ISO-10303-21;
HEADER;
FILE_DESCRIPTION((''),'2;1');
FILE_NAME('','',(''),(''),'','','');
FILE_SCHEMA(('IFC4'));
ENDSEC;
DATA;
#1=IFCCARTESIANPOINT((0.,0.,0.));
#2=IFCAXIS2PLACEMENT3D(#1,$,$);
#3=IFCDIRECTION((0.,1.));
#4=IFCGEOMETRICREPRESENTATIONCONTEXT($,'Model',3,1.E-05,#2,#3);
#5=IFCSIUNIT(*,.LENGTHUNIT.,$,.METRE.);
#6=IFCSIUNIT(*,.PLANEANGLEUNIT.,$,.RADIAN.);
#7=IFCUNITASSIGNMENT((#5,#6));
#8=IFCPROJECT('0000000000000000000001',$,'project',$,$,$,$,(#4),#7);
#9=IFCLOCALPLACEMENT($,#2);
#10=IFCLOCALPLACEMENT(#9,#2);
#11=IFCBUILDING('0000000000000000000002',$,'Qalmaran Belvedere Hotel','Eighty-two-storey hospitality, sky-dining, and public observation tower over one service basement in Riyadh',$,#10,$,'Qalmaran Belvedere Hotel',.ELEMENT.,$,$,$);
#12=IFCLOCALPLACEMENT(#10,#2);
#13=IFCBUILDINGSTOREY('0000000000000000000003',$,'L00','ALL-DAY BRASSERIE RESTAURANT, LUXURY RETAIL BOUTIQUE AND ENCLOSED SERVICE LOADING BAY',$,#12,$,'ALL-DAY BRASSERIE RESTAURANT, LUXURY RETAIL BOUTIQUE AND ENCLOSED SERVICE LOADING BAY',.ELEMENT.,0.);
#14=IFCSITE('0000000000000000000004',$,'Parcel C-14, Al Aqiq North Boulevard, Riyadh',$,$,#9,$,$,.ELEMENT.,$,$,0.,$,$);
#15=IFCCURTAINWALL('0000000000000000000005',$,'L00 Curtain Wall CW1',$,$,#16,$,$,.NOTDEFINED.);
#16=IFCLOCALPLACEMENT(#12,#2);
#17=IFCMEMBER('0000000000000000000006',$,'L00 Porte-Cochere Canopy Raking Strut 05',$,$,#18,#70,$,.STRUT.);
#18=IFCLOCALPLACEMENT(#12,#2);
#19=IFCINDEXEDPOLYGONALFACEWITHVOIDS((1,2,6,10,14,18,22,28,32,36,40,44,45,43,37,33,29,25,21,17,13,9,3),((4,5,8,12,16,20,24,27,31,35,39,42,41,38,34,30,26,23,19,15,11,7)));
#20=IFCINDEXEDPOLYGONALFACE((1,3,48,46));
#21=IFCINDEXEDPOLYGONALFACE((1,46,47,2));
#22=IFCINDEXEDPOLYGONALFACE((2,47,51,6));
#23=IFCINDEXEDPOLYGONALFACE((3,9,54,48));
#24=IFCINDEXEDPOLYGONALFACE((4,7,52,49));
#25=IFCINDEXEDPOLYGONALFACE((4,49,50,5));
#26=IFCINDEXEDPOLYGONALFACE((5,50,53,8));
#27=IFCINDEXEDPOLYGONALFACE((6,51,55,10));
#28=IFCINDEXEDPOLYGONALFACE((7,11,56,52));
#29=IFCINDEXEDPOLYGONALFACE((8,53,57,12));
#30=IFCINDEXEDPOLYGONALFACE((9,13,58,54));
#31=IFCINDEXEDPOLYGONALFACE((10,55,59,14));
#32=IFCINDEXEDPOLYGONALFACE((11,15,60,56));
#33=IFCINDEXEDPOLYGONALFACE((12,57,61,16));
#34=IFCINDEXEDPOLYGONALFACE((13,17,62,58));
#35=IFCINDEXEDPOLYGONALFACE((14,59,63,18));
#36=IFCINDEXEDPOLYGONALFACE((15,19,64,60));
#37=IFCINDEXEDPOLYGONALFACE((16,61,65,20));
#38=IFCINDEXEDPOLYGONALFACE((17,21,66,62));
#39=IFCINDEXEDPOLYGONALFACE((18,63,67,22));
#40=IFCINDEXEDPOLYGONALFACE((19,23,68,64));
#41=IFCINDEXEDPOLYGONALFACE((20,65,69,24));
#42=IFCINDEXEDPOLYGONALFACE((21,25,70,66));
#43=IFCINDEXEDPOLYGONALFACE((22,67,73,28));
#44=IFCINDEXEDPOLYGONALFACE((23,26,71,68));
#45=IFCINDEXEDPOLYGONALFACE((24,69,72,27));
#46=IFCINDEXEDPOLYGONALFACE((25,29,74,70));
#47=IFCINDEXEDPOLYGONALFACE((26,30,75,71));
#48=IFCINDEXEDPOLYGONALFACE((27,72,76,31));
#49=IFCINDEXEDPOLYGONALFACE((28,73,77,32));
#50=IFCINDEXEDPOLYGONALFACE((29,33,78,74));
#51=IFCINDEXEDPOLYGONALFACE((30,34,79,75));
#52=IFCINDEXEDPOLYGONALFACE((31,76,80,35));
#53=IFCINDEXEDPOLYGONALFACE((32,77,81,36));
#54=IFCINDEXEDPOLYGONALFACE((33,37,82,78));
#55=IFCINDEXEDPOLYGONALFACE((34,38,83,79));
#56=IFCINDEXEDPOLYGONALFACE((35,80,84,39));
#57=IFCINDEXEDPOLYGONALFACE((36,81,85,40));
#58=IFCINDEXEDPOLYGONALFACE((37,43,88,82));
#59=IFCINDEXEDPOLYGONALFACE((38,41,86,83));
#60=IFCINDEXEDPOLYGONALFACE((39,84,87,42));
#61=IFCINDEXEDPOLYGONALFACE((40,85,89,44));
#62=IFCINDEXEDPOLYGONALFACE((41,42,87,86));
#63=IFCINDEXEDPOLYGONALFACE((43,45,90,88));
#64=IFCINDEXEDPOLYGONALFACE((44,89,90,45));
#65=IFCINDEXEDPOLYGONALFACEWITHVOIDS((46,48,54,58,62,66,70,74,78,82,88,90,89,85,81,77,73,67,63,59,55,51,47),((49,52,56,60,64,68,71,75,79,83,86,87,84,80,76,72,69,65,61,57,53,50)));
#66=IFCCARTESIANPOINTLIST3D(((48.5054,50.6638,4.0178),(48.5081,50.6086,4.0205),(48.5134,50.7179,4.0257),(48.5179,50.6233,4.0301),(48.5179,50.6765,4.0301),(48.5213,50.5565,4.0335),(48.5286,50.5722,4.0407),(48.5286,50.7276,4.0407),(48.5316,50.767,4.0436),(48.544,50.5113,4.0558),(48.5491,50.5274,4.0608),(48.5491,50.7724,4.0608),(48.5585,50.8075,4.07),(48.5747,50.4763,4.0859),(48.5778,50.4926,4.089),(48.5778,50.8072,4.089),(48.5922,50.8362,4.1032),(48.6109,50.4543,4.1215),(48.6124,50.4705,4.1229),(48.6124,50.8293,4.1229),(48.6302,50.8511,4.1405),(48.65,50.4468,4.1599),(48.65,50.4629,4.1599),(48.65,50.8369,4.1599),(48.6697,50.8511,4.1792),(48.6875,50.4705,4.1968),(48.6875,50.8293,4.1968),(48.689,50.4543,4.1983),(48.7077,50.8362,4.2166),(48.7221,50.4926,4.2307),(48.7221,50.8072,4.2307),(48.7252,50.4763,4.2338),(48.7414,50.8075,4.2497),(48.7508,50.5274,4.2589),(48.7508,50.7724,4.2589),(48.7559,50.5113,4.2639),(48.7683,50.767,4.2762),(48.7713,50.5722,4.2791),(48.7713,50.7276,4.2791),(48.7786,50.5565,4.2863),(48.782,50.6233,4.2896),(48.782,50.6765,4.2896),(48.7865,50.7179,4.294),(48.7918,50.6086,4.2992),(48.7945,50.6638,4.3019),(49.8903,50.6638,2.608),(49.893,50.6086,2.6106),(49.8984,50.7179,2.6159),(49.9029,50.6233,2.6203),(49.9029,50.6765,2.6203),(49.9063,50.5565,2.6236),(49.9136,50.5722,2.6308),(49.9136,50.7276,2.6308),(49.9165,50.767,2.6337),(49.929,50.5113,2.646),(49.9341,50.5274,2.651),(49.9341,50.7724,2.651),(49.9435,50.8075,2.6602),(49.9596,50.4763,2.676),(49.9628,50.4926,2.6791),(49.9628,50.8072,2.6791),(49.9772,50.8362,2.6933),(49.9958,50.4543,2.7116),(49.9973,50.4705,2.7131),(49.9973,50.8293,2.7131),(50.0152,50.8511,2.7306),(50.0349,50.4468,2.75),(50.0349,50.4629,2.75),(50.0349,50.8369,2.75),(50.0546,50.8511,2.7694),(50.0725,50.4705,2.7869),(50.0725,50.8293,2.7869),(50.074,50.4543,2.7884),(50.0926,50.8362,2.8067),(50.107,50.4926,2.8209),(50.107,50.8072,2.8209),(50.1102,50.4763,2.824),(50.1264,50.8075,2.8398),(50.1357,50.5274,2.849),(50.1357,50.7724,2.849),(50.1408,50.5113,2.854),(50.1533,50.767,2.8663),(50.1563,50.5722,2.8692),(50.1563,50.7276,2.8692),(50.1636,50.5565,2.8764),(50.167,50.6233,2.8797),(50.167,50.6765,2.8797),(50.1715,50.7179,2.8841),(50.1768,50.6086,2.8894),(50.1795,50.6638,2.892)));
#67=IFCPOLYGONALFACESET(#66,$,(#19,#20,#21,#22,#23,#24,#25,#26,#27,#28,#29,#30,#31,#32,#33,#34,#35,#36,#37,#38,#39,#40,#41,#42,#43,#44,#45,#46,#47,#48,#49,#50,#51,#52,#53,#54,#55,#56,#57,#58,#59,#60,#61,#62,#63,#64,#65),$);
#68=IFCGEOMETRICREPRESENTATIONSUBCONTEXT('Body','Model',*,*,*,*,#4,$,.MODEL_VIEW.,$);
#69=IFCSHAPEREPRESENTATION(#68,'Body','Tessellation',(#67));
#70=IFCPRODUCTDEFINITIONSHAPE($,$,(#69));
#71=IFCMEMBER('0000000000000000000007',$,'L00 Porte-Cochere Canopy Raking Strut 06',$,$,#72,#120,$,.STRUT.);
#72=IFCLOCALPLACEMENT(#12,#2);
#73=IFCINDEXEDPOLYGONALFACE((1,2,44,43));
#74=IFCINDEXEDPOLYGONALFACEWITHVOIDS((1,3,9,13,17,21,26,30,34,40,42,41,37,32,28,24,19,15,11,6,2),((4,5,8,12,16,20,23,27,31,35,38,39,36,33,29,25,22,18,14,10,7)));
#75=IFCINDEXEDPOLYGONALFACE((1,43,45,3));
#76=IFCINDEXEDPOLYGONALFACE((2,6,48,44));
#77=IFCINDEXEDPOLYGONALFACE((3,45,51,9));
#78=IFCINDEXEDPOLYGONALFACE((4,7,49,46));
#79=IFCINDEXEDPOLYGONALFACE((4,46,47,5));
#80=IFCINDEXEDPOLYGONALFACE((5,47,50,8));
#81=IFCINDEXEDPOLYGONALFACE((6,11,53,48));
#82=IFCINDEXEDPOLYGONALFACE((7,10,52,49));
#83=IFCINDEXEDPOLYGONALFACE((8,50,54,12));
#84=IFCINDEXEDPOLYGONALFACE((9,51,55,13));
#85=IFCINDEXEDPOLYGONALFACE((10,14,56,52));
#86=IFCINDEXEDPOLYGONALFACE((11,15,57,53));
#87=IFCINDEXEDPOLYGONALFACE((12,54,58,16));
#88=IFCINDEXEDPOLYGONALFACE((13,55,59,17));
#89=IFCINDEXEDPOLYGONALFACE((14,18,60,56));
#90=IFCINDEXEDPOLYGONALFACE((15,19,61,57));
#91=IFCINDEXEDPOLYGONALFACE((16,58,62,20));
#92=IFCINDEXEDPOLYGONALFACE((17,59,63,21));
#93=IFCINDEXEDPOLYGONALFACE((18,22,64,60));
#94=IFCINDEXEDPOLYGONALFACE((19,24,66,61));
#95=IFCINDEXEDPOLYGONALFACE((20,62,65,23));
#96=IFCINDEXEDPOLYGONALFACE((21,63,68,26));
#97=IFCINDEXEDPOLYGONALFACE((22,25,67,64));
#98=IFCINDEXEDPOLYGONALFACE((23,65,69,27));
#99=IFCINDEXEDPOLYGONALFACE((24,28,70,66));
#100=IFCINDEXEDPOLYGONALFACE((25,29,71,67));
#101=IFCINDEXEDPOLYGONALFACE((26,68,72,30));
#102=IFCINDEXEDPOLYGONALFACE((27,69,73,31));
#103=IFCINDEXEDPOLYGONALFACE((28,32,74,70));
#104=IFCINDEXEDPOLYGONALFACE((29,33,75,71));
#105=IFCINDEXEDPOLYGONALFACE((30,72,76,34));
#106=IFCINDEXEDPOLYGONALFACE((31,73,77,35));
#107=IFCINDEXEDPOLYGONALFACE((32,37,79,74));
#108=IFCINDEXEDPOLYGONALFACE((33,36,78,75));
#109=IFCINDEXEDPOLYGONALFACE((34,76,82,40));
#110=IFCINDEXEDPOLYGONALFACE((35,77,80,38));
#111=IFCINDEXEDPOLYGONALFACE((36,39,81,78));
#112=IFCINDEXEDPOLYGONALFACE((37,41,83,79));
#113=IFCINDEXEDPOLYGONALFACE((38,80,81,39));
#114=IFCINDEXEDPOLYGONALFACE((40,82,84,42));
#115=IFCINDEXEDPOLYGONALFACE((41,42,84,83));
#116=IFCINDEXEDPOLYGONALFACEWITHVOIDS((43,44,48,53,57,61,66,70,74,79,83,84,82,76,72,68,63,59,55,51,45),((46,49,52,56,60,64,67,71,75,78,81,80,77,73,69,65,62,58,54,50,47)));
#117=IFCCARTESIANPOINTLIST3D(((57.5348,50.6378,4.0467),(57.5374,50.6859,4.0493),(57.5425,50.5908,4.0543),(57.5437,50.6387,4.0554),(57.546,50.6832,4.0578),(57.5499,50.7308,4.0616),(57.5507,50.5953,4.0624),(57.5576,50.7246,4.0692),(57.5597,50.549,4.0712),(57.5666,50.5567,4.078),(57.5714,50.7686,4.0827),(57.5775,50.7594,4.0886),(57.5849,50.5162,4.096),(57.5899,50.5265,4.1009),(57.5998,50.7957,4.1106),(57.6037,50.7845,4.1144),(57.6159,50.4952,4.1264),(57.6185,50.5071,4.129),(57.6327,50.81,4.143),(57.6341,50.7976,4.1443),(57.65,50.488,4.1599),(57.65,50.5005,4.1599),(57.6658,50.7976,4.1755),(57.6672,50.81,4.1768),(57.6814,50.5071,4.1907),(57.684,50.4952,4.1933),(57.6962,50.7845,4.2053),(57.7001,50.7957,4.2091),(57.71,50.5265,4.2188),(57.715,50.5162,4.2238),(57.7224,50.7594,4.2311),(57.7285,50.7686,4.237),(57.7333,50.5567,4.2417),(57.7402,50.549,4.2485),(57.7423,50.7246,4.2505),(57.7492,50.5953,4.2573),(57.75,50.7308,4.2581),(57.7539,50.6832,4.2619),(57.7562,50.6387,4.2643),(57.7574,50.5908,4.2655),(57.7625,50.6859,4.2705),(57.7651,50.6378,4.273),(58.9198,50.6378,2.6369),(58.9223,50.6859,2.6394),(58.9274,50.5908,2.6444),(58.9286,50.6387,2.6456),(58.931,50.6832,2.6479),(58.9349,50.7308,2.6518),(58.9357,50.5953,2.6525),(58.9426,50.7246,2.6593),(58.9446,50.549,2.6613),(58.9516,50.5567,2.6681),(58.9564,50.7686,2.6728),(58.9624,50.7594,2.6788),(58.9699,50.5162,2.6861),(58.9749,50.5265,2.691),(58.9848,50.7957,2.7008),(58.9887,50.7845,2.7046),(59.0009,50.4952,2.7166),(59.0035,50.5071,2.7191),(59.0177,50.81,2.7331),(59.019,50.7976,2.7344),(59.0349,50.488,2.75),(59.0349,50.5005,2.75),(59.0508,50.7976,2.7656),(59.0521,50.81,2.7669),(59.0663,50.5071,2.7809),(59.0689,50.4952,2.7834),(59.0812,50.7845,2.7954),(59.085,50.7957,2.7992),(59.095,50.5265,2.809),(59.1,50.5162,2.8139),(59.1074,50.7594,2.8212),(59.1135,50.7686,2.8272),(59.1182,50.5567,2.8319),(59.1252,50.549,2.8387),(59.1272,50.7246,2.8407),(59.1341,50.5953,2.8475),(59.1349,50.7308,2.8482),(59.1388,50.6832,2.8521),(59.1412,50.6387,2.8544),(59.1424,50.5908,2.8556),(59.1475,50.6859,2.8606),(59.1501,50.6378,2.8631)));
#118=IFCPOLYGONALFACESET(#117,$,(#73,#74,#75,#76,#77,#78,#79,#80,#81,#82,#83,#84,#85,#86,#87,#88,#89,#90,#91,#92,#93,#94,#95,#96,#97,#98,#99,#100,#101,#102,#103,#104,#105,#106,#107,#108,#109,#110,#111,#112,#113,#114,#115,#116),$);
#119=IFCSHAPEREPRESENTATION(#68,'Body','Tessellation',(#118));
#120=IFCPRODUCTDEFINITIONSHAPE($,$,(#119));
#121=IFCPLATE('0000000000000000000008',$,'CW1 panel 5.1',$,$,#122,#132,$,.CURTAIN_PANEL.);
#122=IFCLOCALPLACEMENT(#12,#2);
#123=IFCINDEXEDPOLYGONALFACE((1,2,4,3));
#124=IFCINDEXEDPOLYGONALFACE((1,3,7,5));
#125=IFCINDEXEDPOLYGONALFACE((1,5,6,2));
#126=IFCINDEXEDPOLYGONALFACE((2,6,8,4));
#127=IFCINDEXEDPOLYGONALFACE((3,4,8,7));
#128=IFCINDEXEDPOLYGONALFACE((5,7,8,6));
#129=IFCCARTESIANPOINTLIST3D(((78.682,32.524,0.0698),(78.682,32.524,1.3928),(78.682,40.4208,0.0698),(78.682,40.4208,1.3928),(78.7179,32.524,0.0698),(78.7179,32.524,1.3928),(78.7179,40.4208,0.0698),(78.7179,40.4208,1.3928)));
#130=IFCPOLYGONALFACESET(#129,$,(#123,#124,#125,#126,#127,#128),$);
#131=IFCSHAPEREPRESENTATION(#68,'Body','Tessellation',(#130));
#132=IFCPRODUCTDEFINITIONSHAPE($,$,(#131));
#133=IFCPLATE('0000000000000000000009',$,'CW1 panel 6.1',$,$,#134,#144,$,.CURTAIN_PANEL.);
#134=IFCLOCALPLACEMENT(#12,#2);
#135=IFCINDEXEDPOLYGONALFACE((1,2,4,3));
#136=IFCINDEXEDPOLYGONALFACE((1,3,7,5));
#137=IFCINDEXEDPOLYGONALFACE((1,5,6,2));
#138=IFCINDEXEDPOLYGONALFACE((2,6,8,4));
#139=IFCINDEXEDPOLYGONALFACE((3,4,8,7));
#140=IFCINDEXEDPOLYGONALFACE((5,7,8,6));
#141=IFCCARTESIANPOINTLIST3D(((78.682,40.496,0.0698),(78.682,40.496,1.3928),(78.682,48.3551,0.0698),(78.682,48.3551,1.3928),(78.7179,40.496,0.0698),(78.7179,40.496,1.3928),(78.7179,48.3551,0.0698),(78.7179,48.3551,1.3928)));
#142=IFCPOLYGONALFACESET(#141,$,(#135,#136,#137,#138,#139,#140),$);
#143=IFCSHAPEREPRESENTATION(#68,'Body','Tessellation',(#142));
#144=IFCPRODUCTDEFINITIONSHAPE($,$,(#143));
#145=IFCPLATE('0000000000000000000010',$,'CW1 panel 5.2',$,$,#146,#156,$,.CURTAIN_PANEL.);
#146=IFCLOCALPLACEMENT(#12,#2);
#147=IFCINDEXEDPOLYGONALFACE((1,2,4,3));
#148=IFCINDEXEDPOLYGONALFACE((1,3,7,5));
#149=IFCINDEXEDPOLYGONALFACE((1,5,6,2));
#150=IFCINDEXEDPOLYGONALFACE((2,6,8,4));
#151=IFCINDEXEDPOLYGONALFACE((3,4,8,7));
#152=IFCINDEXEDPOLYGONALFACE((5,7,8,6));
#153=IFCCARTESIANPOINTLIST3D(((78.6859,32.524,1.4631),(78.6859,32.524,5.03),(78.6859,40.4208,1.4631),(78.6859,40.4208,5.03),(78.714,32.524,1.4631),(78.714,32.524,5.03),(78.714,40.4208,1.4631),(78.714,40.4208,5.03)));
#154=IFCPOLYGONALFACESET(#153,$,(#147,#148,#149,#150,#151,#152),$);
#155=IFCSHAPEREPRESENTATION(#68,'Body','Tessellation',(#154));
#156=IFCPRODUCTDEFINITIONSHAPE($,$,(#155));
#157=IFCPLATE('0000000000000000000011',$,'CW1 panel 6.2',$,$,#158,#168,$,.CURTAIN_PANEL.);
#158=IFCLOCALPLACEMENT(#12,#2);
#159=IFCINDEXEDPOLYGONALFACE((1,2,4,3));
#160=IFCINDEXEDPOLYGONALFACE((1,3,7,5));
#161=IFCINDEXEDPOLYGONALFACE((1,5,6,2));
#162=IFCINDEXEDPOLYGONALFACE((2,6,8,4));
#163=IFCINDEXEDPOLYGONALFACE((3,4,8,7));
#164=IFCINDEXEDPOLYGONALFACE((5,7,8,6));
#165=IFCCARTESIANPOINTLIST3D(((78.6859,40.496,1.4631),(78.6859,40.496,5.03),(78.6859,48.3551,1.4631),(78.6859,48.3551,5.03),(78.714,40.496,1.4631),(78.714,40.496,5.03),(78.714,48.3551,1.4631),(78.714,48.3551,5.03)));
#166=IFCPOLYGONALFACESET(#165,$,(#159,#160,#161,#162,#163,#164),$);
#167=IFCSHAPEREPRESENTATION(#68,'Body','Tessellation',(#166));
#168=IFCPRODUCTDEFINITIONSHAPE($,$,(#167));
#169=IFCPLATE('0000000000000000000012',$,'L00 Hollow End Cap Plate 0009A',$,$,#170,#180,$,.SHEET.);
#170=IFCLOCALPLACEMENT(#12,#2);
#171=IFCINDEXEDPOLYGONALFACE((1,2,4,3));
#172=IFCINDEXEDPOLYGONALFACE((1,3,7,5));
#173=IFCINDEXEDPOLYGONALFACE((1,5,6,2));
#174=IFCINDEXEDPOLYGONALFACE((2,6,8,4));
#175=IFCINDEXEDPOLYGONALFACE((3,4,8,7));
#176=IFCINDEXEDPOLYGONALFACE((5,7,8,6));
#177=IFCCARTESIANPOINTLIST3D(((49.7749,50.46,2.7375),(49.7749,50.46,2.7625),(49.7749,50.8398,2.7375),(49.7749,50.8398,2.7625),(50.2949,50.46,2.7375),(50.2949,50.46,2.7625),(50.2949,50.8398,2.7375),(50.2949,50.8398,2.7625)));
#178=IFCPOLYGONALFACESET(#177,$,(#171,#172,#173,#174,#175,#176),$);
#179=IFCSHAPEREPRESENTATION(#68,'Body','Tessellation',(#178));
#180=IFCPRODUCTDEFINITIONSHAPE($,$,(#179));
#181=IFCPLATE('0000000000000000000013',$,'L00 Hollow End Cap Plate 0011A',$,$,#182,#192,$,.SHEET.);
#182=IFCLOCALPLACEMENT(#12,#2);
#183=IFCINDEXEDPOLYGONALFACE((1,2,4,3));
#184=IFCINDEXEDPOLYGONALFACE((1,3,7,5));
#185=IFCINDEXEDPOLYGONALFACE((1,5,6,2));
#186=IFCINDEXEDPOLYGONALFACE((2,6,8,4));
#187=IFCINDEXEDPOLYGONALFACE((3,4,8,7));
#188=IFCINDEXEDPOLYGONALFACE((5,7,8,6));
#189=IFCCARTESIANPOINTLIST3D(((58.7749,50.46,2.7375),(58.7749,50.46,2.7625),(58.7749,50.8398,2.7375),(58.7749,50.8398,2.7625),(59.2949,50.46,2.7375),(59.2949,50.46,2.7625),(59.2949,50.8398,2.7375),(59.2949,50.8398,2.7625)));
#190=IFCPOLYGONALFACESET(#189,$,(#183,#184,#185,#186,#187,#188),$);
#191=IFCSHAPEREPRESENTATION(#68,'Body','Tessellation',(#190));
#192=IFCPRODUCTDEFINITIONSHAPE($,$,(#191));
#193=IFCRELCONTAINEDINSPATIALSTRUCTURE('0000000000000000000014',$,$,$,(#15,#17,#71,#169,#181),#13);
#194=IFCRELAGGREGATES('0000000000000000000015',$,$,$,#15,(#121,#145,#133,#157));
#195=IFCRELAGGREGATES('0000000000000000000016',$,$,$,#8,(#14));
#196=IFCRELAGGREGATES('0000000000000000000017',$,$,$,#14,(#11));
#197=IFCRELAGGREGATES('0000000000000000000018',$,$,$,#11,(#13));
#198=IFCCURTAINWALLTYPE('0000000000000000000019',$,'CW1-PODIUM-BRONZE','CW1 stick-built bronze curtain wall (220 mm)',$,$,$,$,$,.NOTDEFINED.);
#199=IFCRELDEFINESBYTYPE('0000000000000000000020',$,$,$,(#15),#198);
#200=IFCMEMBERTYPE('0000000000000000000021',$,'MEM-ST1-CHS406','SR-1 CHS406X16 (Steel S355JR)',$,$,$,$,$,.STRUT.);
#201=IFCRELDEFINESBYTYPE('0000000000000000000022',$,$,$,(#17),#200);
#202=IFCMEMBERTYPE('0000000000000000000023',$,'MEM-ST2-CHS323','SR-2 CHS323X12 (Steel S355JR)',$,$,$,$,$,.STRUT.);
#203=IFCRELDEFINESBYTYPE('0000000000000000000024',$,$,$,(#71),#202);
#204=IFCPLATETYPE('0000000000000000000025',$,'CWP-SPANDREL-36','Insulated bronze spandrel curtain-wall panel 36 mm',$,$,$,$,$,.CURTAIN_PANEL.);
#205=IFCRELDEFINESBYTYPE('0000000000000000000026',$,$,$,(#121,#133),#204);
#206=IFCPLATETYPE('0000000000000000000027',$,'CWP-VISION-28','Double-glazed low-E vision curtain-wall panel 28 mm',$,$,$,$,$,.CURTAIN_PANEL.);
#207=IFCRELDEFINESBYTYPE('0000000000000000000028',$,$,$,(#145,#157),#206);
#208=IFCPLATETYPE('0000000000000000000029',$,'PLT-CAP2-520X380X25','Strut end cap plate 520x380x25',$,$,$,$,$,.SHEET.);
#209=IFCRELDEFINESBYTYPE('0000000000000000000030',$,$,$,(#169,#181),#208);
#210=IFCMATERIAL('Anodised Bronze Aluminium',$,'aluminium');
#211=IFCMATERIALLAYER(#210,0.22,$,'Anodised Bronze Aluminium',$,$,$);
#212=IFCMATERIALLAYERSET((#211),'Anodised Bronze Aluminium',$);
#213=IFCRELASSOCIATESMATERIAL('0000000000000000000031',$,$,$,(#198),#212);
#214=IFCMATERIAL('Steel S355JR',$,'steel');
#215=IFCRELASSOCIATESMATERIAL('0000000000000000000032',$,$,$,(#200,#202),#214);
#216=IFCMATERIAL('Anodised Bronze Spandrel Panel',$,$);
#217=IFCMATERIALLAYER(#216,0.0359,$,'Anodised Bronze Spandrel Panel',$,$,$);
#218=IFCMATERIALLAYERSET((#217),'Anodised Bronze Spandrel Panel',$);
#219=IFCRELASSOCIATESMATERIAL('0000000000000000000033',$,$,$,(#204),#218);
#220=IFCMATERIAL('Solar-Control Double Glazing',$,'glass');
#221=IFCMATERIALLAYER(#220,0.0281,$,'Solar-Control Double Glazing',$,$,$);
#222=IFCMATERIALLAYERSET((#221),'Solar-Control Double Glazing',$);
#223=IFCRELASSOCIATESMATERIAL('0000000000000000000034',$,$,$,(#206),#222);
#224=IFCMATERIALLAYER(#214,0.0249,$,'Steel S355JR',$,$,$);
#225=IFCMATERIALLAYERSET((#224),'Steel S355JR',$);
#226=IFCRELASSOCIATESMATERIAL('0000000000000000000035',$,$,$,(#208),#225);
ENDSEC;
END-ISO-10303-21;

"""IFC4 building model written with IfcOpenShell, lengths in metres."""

from ifc_helpers import new_model, si_unit, direction, frame, origin, origin_2d, place, context, subcontext, project, spatial, rectangle, hollow_circle, extrude, material, layer, layer_set, material_profile, profile_set, type_object, element, aggregate, save


model = new_model("IFC4")

# Units and contexts
model_context = context("Model", 3, precision=1e-05, world=origin(), true_north=direction((0.0, 1.0)))
body_context = subcontext(model_context, "Body", "Model", "MODEL_VIEW")
ifc_project = project(units=[si_unit("LENGTHUNIT", "METRE"), si_unit("PLANEANGLEUNIT", "RADIAN")], contexts=[model_context])

# Site, building, storey
site_placement = place(None, origin())
site = spatial("IfcSite", under=ifc_project, at=site_placement, Name="Parcel C-14, Al Aqiq North Boulevard, Riyadh", CompositionType="ELEMENT", RefElevation=0.0)
building_placement = place(site_placement, origin())
building = spatial("IfcBuilding", under=site, at=building_placement, Name="Qalmaran Belvedere Hotel", Description="Eighty-two-storey hospitality, sky-dining, and public observation tower over one service basement in Riyadh", LongName="Qalmaran Belvedere Hotel", CompositionType="ELEMENT")
storey_placement = place(building_placement, origin())
storey = spatial("IfcBuildingStorey", under=building, at=storey_placement, Name="L00", Description="ALL-DAY BRASSERIE RESTAURANT, LUXURY RETAIL BOUTIQUE AND ENCLOSED SERVICE LOADING BAY", LongName="ALL-DAY BRASSERIE RESTAURANT, LUXURY RETAIL BOUTIQUE AND ENCLOSED SERVICE LOADING BAY", CompositionType="ELEMENT", Elevation=0.0)

# Shared definitions
ifc_material_1 = material(Name="Steel S355JR", Category="steel")

# Curtain wall
ifc_material_2 = material(Name="Anodised Bronze Aluminium", Category="aluminium")
ifc_layer_1 = layer(ifc_material_2, 0.22, Name="Anodised Bronze Aluminium")
ifc_layer_set_1 = layer_set([ifc_layer_1], Name="Anodised Bronze Aluminium")
curtain_wall_type = type_object("IfcCurtainWallType", Name="CW1-PODIUM-BRONZE", Description="CW1 stick-built bronze curtain wall (220 mm)", PredefinedType="NOTDEFINED", material=ifc_layer_set_1)
curtain_wall_placement = place(storey_placement, origin())
curtain_wall = element("IfcCurtainWall", 1, at=curtain_wall_placement, inside=storey, type_object=curtain_wall_type, Name="L00 Curtain Wall CW1", PredefinedType="NOTDEFINED")

# Members
ifc_material_profile_1 = material_profile(ifc_material_1, hollow_circle(Radius=0.2031, WallThickness=0.0161, at=origin_2d()), Name="CHS406X16")
ifc_profile_set_1 = profile_set([ifc_material_profile_1], Name="Steel S355JR")
member_type_1 = type_object("IfcMemberType", Name="MEM-ST1-CHS406", Description="SR-1 CHS406X16 (Steel S355JR)", PredefinedType="STRUT", material=ifc_profile_set_1)
member_1_placement = place(storey_placement, frame((50.0349, 50.6499, 2.75), z_axis=(-0.700779, 0.0, 0.713379), x_axis=(0.0, -1.0, 0.0)))
element("IfcMember", 2, at=member_1_placement, inside=storey, type_object=member_type_1, Name="L00 Porte-Cochere Canopy Raking Strut 05", PredefinedType="STRUT", context=body_context, shape_type="SweptSolid", body=[
    extrude(hollow_circle(Radius=0.2031, WallThickness=0.0161, at=origin_2d()), origin(), (0.0, 0.0, 1.0), 1.9763),
])
ifc_material_profile_2 = material_profile(ifc_material_1, hollow_circle(Radius=0.1619, WallThickness=0.0125, at=origin_2d()), Name="CHS323X12")
ifc_profile_set_2 = profile_set([ifc_material_profile_2], Name="Steel S355JR")
member_type_2 = type_object("IfcMemberType", Name="MEM-ST2-CHS323", Description="SR-2 CHS323X12 (Steel S355JR)", PredefinedType="STRUT", material=ifc_profile_set_2)
member_2_placement = place(storey_placement, frame((59.0349, 50.6499, 2.75), z_axis=(-0.700779, 0.0, 0.713379), x_axis=(0.0, -1.0, 0.0)))
element("IfcMember", 3, at=member_2_placement, inside=storey, type_object=member_type_2, Name="L00 Porte-Cochere Canopy Raking Strut 06", PredefinedType="STRUT", context=body_context, shape_type="SweptSolid", body=[
    extrude(hollow_circle(Radius=0.1619, WallThickness=0.0125, at=origin_2d()), origin(), (0.0, 0.0, 1.0), 1.9763),
])

# Plates
ifc_material_3 = material(Name="Anodised Bronze Spandrel Panel")
ifc_layer_2 = layer(ifc_material_3, 0.0359, Name="Anodised Bronze Spandrel Panel")
ifc_layer_set_2 = layer_set([ifc_layer_2], Name="Anodised Bronze Spandrel Panel")
plate_type_1 = type_object("IfcPlateType", Name="CWP-SPANDREL-36", Description="Insulated bronze spandrel curtain-wall panel 36 mm", PredefinedType="CURTAIN_PANEL", material=ifc_layer_set_2)
plate_1_placement = place(storey_placement, frame((78.7, 36.4724, 0.0698), z_axis=(0.0, 0.0, 1.0), x_axis=(0.0, 1.0, 0.0)))
plate_1 = element("IfcPlate", 4, at=plate_1_placement, type_object=plate_type_1, Name="CW1 panel 5.1", PredefinedType="CURTAIN_PANEL", context=body_context, shape_type="SweptSolid", body=[
    extrude(rectangle(XDim=7.8967, YDim=0.0359, at=origin_2d()), origin(), (0.0, 0.0, 1.0), 1.323),
])
plate_2_placement = place(storey_placement, frame((78.7, 44.4255, 0.0698), z_axis=(0.0, 0.0, 1.0), x_axis=(0.0, 1.0, 0.0)))
plate_2 = element("IfcPlate", 5, at=plate_2_placement, type_object=plate_type_1, Name="CW1 panel 6.1", PredefinedType="CURTAIN_PANEL", context=body_context, shape_type="SweptSolid", body=[
    extrude(rectangle(XDim=7.8591, YDim=0.0359, at=origin_2d()), origin(), (0.0, 0.0, 1.0), 1.323),
])
ifc_material_4 = material(Name="Solar-Control Double Glazing", Category="glass")
ifc_layer_3 = layer(ifc_material_4, 0.0281, Name="Solar-Control Double Glazing")
ifc_layer_set_3 = layer_set([ifc_layer_3], Name="Solar-Control Double Glazing")
plate_type_2 = type_object("IfcPlateType", Name="CWP-VISION-28", Description="Double-glazed low-E vision curtain-wall panel 28 mm", PredefinedType="CURTAIN_PANEL", material=ifc_layer_set_3)
plate_3_placement = place(storey_placement, frame((78.7, 36.4724, 1.4631), z_axis=(0.0, 0.0, 1.0), x_axis=(0.0, 1.0, 0.0)))
plate_3 = element("IfcPlate", 6, at=plate_3_placement, type_object=plate_type_2, Name="CW1 panel 5.2", PredefinedType="CURTAIN_PANEL", context=body_context, shape_type="SweptSolid", body=[
    extrude(rectangle(XDim=7.8967, YDim=0.0281, at=origin_2d()), origin(), (0.0, 0.0, 1.0), 3.5669),
])
plate_4_placement = place(storey_placement, frame((78.7, 44.4255, 1.4631), z_axis=(0.0, 0.0, 1.0), x_axis=(0.0, 1.0, 0.0)))
plate_4 = element("IfcPlate", 7, at=plate_4_placement, type_object=plate_type_2, Name="CW1 panel 6.2", PredefinedType="CURTAIN_PANEL", context=body_context, shape_type="SweptSolid", body=[
    extrude(rectangle(XDim=7.8591, YDim=0.0281, at=origin_2d()), origin(), (0.0, 0.0, 1.0), 3.5669),
])
aggregate(curtain_wall, [plate_1, plate_3, plate_2, plate_4])

# Plates
ifc_layer_4 = layer(ifc_material_1, 0.0249, Name="Steel S355JR")
ifc_layer_set_4 = layer_set([ifc_layer_4], Name="Steel S355JR")
plate_type_3 = type_object("IfcPlateType", Name="PLT-CAP2-520X380X25", Description="Strut end cap plate 520x380x25", PredefinedType="SHEET", material=ifc_layer_set_4)
for number, where, z_axis, x_axis, name in (
    (8, (50.0349, 50.6499, 2.7375), (0.0, 0.0, 1.0), (-1.0, 0.0, 0.0), "L00 Hollow End Cap Plate 0009A"),
    (9, (59.0349, 50.6499, 2.7375), (0.0, 0.0, 1.0), (-1.0, 0.0, 0.0), "L00 Hollow End Cap Plate 0011A"),
):
    element("IfcPlate", number, at=place(storey_placement, frame(where, z_axis=z_axis, x_axis=x_axis)), inside=storey, type_object=plate_type_3, Name=name, PredefinedType="SHEET", context=body_context, shape_type="SweptSolid", body=[
        extrude(rectangle(XDim=0.52, YDim=0.3799, at=origin_2d()), origin(), (0.0, 0.0, 1.0), 0.0249),
    ])

save(model, "model.ifc")
